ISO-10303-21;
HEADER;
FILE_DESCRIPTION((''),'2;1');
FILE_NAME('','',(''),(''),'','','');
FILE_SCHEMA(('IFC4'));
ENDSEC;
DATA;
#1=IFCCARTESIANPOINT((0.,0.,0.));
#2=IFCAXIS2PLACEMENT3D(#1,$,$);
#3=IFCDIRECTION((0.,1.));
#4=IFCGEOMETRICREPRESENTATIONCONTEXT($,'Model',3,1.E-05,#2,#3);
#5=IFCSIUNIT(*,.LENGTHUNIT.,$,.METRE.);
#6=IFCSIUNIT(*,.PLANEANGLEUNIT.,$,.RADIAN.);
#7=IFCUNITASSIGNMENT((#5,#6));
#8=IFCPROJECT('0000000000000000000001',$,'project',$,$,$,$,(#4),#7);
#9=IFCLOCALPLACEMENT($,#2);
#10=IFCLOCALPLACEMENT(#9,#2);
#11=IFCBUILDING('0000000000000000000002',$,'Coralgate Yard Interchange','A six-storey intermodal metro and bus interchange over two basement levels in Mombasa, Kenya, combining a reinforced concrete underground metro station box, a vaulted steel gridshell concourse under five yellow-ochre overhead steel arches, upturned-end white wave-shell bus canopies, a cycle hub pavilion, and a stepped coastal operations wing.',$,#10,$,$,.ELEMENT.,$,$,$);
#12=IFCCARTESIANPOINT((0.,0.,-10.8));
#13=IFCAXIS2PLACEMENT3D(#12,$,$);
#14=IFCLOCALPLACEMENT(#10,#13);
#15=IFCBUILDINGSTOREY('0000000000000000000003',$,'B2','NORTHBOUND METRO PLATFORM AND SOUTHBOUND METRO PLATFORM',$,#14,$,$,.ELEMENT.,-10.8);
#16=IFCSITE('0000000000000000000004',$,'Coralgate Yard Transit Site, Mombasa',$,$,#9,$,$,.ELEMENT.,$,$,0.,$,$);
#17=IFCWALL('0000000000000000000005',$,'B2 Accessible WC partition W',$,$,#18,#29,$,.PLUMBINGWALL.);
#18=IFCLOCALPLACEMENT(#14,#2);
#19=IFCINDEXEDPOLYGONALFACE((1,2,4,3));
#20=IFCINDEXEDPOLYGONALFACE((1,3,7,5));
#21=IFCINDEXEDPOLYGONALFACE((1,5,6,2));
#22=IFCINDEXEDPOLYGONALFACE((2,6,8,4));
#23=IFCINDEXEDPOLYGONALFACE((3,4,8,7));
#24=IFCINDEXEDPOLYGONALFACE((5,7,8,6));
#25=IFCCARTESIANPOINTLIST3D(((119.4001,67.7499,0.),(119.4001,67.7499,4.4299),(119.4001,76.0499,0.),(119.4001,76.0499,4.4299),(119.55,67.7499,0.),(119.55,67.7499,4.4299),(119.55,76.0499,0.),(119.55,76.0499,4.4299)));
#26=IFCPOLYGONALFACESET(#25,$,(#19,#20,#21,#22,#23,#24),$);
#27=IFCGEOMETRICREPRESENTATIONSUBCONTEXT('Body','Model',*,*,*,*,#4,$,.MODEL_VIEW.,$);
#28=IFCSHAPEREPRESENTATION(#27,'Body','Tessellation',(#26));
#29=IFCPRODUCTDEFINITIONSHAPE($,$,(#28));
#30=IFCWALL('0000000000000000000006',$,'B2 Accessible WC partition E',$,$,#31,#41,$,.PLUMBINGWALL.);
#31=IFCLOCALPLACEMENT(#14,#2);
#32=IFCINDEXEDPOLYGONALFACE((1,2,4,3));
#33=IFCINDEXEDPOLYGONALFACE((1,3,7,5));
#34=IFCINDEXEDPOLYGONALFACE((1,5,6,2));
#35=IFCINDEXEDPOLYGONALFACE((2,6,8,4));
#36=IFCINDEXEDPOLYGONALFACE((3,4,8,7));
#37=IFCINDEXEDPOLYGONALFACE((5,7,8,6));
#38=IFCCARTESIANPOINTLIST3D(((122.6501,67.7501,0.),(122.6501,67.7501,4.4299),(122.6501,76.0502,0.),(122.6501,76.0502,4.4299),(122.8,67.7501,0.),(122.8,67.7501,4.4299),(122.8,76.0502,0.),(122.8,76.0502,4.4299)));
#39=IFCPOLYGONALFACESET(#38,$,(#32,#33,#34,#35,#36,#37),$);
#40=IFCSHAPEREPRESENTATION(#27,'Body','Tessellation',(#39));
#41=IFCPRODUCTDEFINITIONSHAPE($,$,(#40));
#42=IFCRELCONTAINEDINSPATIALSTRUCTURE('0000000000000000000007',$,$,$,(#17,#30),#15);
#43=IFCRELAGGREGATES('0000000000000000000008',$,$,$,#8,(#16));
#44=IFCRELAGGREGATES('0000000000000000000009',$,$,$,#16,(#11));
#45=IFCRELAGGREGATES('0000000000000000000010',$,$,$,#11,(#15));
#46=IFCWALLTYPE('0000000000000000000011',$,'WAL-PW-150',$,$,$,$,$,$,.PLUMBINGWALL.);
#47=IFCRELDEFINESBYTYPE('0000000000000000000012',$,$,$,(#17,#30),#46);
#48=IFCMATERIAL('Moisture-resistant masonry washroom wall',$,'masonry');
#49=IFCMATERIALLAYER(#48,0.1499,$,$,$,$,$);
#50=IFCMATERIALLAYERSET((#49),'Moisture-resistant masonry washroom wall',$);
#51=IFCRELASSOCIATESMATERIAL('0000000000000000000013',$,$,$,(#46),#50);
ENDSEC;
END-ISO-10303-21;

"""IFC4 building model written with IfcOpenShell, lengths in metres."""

from ifc_helpers import new_model, si_unit, direction, frame, frame_2d, origin, place, context, subcontext, project, spatial, rectangle, extrude, material, layer, layer_set, type_object, element, save


model = new_model("IFC4")

# Units and contexts
model_context = context("Model", 3, precision=1e-05, world=origin(), true_north=direction((0.0, 1.0)))
body_context = subcontext(model_context, "Body", "Model", "MODEL_VIEW")
ifc_project = project(units=[si_unit("LENGTHUNIT", "METRE"), si_unit("PLANEANGLEUNIT", "RADIAN")], contexts=[model_context])

# Site, building, storey
site_placement = place(None, origin())
site = spatial("IfcSite", under=ifc_project, at=site_placement, Name="Coralgate Yard Transit Site, Mombasa", CompositionType="ELEMENT", RefElevation=0.0)
building_placement = place(site_placement, origin())
building = spatial("IfcBuilding", under=site, at=building_placement, Name="Coralgate Yard Interchange", Description="A six-storey intermodal metro and bus interchange over two basement levels in Mombasa, Kenya, combining a reinforced concrete underground metro station box, a vaulted steel gridshell concourse under five yellow-ochre overhead steel arches, upturned-end white wave-shell bus canopies, a cycle hub pavilion, and a stepped coastal operations wing.", CompositionType="ELEMENT")
storey_placement = place(building_placement, frame((0.0, 0.0, -10.8)))
storey = spatial("IfcBuildingStorey", under=building, at=storey_placement, Name="B2", Description="NORTHBOUND METRO PLATFORM AND SOUTHBOUND METRO PLATFORM", CompositionType="ELEMENT", Elevation=-10.8)

# Shared definitions
ifc_material_1 = material(Name="Moisture-resistant masonry washroom wall", Category="masonry")
ifc_layer_1 = layer(ifc_material_1, 0.1499)
ifc_layer_set_1 = layer_set([ifc_layer_1], Name="Moisture-resistant masonry washroom wall")
wall_type_1 = type_object("IfcWallType", Name="WAL-PW-150", PredefinedType="PLUMBINGWALL", material=ifc_layer_set_1)

# Walls
for number, where, z_axis, x_axis, name in (
    (1, (119.4751, 67.75, 0.0), (0.0, 0.0, 1.0), (0.0, 1.0, 0.0), "B2 Accessible WC partition W"),
    (2, (122.7251, 76.05, 0.0), (0.0, 0.0, 1.0), (0.0, -1.0, 0.0), "B2 Accessible WC partition E"),
):
    element("IfcWall", number, at=place(storey_placement, frame(where, z_axis=z_axis, x_axis=x_axis)), inside=storey, type_object=wall_type_1, Name=name, PredefinedType="PLUMBINGWALL", context=body_context, shape_type="SweptSolid", body=[
        extrude(rectangle(XDim=8.3, YDim=0.1499, at=frame_2d((4.1499, 0.0))), origin(), (0.0, 0.0, 1.0), 4.4299),
    ])

save(model, "model.ifc")
